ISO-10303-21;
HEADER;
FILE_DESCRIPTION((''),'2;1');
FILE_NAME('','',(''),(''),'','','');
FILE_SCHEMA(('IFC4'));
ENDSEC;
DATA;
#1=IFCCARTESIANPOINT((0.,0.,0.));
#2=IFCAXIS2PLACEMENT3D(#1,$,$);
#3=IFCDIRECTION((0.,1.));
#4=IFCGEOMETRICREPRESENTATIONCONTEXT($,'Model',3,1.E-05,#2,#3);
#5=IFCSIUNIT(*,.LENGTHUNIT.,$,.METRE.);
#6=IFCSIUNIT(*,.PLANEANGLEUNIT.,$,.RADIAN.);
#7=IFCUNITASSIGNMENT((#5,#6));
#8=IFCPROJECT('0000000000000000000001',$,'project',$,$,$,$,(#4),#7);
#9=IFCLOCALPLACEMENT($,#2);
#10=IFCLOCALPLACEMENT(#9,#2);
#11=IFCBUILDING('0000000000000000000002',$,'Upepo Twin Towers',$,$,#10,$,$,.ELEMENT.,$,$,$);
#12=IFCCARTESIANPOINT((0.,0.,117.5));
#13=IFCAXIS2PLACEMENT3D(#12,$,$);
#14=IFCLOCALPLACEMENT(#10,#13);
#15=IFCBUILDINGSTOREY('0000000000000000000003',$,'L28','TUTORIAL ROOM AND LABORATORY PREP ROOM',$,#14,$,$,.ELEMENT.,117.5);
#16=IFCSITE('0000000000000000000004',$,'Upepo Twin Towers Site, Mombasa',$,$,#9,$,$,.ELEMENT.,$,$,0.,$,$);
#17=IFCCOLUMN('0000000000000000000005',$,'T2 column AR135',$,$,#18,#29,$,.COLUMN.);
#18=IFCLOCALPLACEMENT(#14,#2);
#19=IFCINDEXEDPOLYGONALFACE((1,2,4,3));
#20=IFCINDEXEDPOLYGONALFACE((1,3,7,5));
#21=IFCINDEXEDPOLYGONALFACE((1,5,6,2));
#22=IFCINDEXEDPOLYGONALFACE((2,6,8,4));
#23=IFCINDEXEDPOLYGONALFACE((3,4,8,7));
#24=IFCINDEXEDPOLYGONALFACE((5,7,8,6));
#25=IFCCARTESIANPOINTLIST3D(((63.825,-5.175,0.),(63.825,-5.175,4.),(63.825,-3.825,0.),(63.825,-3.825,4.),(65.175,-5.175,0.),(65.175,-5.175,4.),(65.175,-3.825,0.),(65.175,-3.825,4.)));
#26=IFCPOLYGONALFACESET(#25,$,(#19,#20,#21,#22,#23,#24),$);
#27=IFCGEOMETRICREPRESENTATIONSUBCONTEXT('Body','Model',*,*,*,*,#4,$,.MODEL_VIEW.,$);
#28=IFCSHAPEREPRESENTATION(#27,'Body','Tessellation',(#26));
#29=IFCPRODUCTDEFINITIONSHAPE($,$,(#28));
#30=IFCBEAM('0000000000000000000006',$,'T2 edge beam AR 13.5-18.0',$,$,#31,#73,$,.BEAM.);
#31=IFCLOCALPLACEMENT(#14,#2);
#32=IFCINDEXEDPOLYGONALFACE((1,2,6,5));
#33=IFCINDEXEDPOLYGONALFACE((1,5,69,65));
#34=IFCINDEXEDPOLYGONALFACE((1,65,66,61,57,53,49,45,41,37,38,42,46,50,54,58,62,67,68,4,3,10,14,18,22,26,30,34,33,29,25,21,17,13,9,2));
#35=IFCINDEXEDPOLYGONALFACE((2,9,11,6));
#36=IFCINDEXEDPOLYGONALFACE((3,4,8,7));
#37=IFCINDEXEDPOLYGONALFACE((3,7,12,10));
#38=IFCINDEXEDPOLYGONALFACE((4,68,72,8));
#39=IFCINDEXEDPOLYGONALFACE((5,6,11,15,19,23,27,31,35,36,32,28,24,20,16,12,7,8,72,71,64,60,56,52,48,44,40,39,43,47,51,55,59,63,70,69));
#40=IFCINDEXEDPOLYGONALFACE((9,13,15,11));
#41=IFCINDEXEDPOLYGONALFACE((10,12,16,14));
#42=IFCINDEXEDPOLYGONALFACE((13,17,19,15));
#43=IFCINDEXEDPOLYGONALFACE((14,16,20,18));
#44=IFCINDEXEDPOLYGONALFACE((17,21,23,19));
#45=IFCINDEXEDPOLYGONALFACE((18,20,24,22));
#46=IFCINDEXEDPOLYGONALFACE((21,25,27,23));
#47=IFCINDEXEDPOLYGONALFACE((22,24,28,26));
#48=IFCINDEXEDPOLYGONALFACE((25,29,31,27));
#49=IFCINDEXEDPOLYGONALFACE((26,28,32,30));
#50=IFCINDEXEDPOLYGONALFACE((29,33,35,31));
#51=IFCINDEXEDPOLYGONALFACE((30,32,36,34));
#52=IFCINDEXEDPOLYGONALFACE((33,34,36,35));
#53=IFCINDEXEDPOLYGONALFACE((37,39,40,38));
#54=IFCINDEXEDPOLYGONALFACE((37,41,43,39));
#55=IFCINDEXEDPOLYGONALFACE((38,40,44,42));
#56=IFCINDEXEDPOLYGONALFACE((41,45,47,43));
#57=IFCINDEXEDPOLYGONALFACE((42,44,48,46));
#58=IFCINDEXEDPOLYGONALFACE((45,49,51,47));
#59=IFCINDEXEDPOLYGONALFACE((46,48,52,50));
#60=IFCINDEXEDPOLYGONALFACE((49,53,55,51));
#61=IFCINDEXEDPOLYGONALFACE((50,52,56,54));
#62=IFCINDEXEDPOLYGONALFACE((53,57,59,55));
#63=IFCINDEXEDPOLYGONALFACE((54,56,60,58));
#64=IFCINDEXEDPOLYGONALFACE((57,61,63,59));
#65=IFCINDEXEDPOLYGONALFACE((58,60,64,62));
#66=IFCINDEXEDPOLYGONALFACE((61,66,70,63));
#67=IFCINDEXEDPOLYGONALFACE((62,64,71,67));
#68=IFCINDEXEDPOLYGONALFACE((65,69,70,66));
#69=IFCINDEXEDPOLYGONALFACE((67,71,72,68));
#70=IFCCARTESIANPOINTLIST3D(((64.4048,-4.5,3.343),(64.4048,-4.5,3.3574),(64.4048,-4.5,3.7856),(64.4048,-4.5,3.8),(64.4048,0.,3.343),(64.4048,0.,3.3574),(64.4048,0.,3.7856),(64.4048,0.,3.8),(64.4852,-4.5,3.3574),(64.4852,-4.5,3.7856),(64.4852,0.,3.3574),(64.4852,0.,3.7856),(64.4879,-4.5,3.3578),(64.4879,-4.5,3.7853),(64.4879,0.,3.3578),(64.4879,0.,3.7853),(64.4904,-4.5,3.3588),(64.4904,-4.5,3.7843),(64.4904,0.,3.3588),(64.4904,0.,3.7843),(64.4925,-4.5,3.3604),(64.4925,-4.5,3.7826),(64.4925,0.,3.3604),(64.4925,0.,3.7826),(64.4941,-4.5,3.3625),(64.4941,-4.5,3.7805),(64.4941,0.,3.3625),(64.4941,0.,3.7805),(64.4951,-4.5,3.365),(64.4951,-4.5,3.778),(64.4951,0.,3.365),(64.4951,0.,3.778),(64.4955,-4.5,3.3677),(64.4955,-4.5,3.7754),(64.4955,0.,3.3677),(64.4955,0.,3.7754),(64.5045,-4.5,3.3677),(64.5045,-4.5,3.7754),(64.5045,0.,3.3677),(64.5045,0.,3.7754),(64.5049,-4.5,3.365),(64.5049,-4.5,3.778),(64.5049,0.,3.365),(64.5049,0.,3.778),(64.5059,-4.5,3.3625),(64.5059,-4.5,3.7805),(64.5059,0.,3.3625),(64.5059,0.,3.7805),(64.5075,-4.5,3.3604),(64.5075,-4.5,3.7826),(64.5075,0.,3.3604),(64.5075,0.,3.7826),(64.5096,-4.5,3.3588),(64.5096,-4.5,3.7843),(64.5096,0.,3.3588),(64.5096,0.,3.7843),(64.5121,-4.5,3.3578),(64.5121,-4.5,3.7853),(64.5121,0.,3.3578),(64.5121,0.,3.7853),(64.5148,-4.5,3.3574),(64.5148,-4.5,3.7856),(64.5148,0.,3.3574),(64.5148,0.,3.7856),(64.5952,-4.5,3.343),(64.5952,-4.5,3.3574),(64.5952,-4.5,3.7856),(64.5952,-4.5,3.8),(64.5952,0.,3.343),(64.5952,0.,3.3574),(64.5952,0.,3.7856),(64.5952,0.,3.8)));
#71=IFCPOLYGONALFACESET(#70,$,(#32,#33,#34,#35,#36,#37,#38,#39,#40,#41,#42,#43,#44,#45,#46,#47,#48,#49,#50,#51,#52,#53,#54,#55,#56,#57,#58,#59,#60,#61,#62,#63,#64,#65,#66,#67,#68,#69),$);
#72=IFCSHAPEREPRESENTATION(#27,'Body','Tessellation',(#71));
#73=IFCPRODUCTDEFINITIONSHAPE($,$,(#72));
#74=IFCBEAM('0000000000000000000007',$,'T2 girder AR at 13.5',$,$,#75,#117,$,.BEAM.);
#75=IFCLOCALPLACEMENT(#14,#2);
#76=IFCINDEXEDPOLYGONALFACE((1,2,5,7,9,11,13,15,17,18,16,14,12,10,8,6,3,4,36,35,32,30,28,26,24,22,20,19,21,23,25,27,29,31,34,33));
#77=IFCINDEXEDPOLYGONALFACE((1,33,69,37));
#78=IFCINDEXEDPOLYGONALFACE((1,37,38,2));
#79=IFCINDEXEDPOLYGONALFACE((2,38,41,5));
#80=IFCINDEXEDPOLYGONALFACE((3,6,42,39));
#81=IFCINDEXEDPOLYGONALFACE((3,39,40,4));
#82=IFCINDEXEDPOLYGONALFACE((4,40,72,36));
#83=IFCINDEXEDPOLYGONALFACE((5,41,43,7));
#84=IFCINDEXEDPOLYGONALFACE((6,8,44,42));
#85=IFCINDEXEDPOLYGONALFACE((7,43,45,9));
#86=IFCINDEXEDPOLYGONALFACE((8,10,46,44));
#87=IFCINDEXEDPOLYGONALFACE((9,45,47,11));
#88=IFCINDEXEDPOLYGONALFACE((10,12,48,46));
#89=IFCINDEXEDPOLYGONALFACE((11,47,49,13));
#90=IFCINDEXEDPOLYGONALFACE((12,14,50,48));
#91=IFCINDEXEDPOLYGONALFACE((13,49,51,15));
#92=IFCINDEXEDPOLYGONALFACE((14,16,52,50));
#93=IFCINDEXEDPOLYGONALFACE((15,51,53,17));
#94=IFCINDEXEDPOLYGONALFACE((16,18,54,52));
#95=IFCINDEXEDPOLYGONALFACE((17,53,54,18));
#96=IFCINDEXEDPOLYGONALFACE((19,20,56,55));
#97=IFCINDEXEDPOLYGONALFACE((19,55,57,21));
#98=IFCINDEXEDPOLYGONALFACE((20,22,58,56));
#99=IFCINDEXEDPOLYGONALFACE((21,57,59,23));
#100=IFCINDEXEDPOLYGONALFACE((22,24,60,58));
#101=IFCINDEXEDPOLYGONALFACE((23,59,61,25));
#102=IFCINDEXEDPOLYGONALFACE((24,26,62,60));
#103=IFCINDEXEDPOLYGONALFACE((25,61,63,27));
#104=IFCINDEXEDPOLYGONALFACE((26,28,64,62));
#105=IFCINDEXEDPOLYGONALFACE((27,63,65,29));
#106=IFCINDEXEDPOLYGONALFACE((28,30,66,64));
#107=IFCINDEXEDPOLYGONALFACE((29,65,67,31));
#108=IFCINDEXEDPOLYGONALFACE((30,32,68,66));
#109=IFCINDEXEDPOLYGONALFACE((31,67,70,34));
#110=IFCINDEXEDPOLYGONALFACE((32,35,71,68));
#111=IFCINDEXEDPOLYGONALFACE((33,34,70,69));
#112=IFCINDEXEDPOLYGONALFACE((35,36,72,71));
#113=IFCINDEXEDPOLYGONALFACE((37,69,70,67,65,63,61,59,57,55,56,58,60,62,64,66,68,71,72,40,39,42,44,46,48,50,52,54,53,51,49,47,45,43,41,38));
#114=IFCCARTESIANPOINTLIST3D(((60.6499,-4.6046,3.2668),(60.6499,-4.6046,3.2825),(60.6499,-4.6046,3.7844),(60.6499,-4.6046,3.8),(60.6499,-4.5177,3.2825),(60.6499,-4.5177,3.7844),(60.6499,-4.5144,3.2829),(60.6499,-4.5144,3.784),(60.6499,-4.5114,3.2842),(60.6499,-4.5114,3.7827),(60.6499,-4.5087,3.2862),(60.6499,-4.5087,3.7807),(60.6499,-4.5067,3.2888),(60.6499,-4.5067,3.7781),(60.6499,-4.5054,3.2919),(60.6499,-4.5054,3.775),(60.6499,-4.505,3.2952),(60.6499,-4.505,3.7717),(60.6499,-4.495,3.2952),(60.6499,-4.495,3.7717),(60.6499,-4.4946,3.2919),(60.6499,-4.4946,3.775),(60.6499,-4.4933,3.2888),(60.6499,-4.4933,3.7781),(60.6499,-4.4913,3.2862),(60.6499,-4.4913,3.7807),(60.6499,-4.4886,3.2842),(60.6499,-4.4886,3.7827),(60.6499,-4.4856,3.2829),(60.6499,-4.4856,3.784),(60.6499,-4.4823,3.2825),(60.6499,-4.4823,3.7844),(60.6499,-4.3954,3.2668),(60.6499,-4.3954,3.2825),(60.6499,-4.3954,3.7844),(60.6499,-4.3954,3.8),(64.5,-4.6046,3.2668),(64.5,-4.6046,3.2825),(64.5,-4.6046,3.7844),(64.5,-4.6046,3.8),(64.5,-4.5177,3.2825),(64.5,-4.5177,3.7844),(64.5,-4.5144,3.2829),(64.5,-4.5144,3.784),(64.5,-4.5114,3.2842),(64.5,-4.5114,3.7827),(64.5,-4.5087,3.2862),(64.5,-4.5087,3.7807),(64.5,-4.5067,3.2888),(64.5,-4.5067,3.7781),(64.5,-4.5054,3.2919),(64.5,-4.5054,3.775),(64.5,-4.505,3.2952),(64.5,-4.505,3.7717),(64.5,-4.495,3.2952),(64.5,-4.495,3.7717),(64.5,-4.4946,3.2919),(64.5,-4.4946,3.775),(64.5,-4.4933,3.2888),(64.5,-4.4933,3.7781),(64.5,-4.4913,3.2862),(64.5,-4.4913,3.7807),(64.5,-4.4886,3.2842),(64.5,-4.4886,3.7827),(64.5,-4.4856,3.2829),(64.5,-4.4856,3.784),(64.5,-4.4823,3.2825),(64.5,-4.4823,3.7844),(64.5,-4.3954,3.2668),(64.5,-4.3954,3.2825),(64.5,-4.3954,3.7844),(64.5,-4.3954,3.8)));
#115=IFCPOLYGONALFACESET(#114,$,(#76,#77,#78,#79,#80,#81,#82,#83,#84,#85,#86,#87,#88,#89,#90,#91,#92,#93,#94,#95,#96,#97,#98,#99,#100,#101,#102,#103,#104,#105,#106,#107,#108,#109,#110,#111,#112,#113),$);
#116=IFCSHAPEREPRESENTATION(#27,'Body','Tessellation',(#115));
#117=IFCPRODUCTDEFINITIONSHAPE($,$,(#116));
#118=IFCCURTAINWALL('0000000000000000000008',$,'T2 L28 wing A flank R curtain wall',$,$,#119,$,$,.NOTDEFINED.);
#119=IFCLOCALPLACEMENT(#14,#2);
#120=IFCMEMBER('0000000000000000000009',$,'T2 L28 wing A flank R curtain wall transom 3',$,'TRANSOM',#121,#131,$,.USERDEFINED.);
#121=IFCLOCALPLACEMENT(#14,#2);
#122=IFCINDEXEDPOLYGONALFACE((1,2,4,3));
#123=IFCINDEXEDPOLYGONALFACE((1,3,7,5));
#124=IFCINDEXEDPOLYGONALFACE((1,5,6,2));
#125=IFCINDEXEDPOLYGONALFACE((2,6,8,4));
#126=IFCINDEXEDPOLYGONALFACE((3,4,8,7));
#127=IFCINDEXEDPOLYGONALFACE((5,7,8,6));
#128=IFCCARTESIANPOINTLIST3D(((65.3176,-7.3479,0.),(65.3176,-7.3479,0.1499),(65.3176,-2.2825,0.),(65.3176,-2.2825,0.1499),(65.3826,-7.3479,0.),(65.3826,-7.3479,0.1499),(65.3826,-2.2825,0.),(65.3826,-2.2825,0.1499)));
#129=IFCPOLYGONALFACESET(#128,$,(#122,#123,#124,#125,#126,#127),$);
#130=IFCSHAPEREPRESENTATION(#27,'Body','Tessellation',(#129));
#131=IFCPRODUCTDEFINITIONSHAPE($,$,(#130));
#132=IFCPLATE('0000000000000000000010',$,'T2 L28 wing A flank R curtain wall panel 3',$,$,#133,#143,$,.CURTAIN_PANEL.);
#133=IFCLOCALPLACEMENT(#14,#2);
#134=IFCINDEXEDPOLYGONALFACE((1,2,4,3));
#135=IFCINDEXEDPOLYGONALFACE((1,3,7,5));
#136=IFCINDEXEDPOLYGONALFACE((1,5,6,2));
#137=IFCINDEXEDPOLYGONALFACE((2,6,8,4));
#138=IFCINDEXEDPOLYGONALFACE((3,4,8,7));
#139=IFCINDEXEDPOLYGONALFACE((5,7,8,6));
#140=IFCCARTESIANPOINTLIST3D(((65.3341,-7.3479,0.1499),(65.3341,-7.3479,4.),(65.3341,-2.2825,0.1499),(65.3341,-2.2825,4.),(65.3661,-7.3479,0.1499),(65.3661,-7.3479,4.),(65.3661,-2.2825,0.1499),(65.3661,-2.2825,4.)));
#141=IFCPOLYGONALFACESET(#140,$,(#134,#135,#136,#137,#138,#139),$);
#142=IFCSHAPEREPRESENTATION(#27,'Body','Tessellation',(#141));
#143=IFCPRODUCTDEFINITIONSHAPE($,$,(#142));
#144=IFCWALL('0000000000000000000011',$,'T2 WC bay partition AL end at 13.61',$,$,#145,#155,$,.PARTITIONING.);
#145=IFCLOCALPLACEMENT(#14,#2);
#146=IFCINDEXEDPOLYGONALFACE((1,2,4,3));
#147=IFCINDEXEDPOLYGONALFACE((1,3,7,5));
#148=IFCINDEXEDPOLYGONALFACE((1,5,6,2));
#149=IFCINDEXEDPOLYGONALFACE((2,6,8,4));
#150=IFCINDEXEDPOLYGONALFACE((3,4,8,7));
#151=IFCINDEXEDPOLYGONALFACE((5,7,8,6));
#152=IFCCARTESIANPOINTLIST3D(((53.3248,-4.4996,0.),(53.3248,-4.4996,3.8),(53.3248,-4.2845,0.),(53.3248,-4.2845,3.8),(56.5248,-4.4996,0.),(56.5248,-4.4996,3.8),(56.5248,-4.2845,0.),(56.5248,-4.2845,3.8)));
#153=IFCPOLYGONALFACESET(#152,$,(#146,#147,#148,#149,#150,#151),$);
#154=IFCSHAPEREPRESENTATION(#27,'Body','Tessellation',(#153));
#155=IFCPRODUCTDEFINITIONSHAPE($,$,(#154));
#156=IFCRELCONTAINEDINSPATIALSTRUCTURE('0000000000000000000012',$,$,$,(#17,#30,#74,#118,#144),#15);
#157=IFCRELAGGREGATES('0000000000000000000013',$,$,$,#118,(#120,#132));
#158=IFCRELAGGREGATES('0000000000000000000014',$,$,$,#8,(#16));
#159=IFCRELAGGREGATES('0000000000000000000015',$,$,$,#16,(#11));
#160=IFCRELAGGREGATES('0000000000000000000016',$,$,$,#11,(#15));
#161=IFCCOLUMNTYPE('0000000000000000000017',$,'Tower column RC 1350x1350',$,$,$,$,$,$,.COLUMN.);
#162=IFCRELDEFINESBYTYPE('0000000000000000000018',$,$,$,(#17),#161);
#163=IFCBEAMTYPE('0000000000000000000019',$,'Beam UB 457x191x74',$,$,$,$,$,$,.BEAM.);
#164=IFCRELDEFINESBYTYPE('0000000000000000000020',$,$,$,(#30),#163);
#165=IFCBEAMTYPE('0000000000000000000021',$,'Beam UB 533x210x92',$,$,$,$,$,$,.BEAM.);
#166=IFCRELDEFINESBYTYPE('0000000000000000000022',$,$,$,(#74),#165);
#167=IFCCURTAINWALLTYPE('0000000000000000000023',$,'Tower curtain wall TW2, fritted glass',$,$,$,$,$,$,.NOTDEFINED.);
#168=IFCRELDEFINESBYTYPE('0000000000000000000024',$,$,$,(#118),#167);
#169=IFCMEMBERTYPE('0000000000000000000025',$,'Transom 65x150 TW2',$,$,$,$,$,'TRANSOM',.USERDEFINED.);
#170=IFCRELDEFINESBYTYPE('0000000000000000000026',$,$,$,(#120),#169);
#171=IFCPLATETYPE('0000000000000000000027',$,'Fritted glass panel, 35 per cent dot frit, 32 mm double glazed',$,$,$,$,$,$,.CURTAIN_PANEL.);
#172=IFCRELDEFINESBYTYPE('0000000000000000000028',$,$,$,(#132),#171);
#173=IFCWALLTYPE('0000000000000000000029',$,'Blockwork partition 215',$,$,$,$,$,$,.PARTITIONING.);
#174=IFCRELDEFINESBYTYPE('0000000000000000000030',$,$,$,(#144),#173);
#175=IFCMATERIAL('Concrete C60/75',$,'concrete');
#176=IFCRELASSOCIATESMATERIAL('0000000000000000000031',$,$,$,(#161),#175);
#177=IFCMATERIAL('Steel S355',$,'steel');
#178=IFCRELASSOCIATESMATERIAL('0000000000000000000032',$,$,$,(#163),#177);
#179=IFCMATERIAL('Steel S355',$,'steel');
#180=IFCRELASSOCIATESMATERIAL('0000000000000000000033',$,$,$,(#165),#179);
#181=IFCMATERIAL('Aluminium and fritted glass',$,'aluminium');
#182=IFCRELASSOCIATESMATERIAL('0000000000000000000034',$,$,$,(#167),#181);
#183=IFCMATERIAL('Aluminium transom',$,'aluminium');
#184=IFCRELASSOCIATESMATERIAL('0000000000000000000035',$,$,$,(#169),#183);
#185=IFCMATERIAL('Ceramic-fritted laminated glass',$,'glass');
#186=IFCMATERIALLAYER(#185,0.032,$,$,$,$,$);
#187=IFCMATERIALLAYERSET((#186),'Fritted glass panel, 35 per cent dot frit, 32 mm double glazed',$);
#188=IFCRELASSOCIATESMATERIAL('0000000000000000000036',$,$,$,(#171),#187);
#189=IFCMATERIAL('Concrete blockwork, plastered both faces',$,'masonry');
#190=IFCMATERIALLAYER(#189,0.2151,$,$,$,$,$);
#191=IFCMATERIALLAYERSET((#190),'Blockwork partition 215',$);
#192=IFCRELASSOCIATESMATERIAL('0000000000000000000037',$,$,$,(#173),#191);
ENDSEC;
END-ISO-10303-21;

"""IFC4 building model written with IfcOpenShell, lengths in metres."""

from ifc_helpers import new_model, si_unit, direction, frame, frame_2d, origin, origin_2d, place, context, subcontext, project, spatial, rectangle, i_section, extrude, material, layer, layer_set, material_profile, profile_set, type_object, element, aggregate, save


model = new_model("IFC4")

# Units and contexts
model_context = context("Model", 3, precision=1e-05, world=origin(), true_north=direction((0.0, 1.0)))
body_context = subcontext(model_context, "Body", "Model", "MODEL_VIEW")
ifc_project = project(units=[si_unit("LENGTHUNIT", "METRE"), si_unit("PLANEANGLEUNIT", "RADIAN")], contexts=[model_context])

# Site, building, storey
site_placement = place(None, origin())
site = spatial("IfcSite", under=ifc_project, at=site_placement, Name="Upepo Twin Towers Site, Mombasa", CompositionType="ELEMENT", RefElevation=0.0)
building_placement = place(site_placement, origin())
building = spatial("IfcBuilding", under=site, at=building_placement, Name="Upepo Twin Towers", CompositionType="ELEMENT")
storey_placement = place(building_placement, frame((0.0, 0.0, 117.5)))
storey = spatial("IfcBuildingStorey", under=building, at=storey_placement, Name="L28", Description="TUTORIAL ROOM AND LABORATORY PREP ROOM", CompositionType="ELEMENT", Elevation=117.5)

# Column
ifc_material_1 = material(Name="Concrete C60/75", Category="concrete")
ifc_material_profile_1 = material_profile(ifc_material_1, rectangle(XDim=1.3501, YDim=1.3501, at=origin_2d()), Name="RC 1350x1350")
ifc_profile_set_1 = profile_set([ifc_material_profile_1], Name="Concrete C60/75")
column_type = type_object("IfcColumnType", Name="Tower column RC 1350x1350", PredefinedType="COLUMN", material=ifc_profile_set_1)
column_placement = place(storey_placement, frame((64.5, -4.5, 0.0), z_axis=(0.0, 0.0, 1.0), x_axis=(1.0, 0.0, 0.0)))
element("IfcColumn", 1, at=column_placement, inside=storey, type_object=column_type, Name="T2 column AR135", PredefinedType="COLUMN", context=body_context, shape_type="SweptSolid", body=[
    extrude(rectangle(XDim=1.3501, YDim=1.3501, at=origin_2d()), origin(), (0.0, 0.0, 1.0), 4.0),
])

# Beams
ifc_material_2 = material(Name="Steel S355", Category="steel")
ifc_material_profile_2 = material_profile(ifc_material_2, i_section(OverallWidth=0.1904, OverallDepth=0.457, WebThickness=0.009, FlangeThickness=0.0144, FilletRadius=0.0103, at=origin_2d()), Name="UB 457x191x74")
ifc_profile_set_2 = profile_set([ifc_material_profile_2], Name="Steel S355")
beam_type_1 = type_object("IfcBeamType", Name="Beam UB 457x191x74", PredefinedType="BEAM", material=ifc_profile_set_2)
beam_1_placement = place(storey_placement, frame((64.5, -4.5, 3.5715), z_axis=(0.0, 1.0, 0.0), x_axis=(-1.0, 0.0, 0.0)))
element("IfcBeam", 2, at=beam_1_placement, inside=storey, type_object=beam_type_1, Name="T2 edge beam AR 13.5-18.0", PredefinedType="BEAM", context=body_context, shape_type="SweptSolid", body=[
    extrude(i_section(OverallWidth=0.1904, OverallDepth=0.457, WebThickness=0.009, FlangeThickness=0.0144, FilletRadius=0.0103, at=origin_2d()), origin(), (0.0, 0.0, 1.0), 4.5),
])
ifc_material_3 = material(Name="Steel S355", Category="steel")
ifc_material_profile_3 = material_profile(ifc_material_3, i_section(OverallWidth=0.2092, OverallDepth=0.5332, WebThickness=0.01, FlangeThickness=0.0156, FilletRadius=0.0127, at=origin_2d()), Name="UB 533x210x92")
ifc_profile_set_3 = profile_set([ifc_material_profile_3], Name="Steel S355")
beam_type_2 = type_object("IfcBeamType", Name="Beam UB 533x210x92", PredefinedType="BEAM", material=ifc_profile_set_3)
beam_2_placement = place(storey_placement, frame((64.5, -4.5, 3.5334), z_axis=(-1.0, 0.0, 0.0), x_axis=(0.0, -1.0, 0.0)))
element("IfcBeam", 3, at=beam_2_placement, inside=storey, type_object=beam_type_2, Name="T2 girder AR at 13.5", PredefinedType="BEAM", context=body_context, shape_type="SweptSolid", body=[
    extrude(i_section(OverallWidth=0.2092, OverallDepth=0.5332, WebThickness=0.01, FlangeThickness=0.0156, FilletRadius=0.0127, at=origin_2d()), origin(), (0.0, 0.0, 1.0), 3.8501),
])

# Curtain wall, member, plate
ifc_material_4 = material(Name="Aluminium and fritted glass", Category="aluminium")
curtain_wall_type = type_object("IfcCurtainWallType", Name="Tower curtain wall TW2, fritted glass", PredefinedType="NOTDEFINED", material=ifc_material_4)
curtain_wall_placement = place(storey_placement, origin())
curtain_wall = element("IfcCurtainWall", 4, at=curtain_wall_placement, inside=storey, type_object=curtain_wall_type, Name="T2 L28 wing A flank R curtain wall", PredefinedType="NOTDEFINED")
ifc_material_5 = material(Name="Aluminium transom", Category="aluminium")
ifc_material_profile_4 = material_profile(ifc_material_5, rectangle(XDim=0.0649, YDim=0.1499, at=origin_2d()), Name="TRANSOM 65x150")
ifc_profile_set_4 = profile_set([ifc_material_profile_4], Name="Aluminium transom")
member_type = type_object("IfcMemberType", Name="Transom 65x150 TW2", ElementType="TRANSOM", PredefinedType="USERDEFINED", material=ifc_profile_set_4)
member_placement = place(storey_placement, frame((65.3501, -2.2825, 0.075), z_axis=(0.0, -1.0, 0.0), x_axis=(1.0, 0.0, 0.0)))
member = element("IfcMember", 5, at=member_placement, type_object=member_type, Name="T2 L28 wing A flank R curtain wall transom 3", ObjectType="TRANSOM", PredefinedType="USERDEFINED", context=body_context, shape_type="SweptSolid", body=[
    extrude(rectangle(XDim=0.0649, YDim=0.1499, at=origin_2d()), origin(), (0.0, 0.0, 1.0), 5.0654),
])
ifc_material_6 = material(Name="Ceramic-fritted laminated glass", Category="glass")
ifc_layer_1 = layer(ifc_material_6, 0.032)
ifc_layer_set_1 = layer_set([ifc_layer_1], Name="Fritted glass panel, 35 per cent dot frit, 32 mm double glazed")
plate_type = type_object("IfcPlateType", Name="Fritted glass panel, 35 per cent dot frit, 32 mm double glazed", PredefinedType="CURTAIN_PANEL", material=ifc_layer_set_1)
plate_placement = place(storey_placement, frame((65.3501, -4.8152, 0.1499), z_axis=(0.0, 0.0, 1.0), x_axis=(0.0, -1.0, 0.0)))
plate = element("IfcPlate", 6, at=plate_placement, type_object=plate_type, Name="T2 L28 wing A flank R curtain wall panel 3", PredefinedType="CURTAIN_PANEL", context=body_context, shape_type="SweptSolid", body=[
    extrude(rectangle(XDim=5.0654, YDim=0.032, at=origin_2d()), origin(), (0.0, 0.0, 1.0), 3.8501),
])
aggregate(curtain_wall, [member, plate])

# Wall
ifc_material_7 = material(Name="Concrete blockwork, plastered both faces", Category="masonry")
ifc_layer_2 = layer(ifc_material_7, 0.2151)
ifc_layer_set_2 = layer_set([ifc_layer_2], Name="Blockwork partition 215")
wall_type_1 = type_object("IfcWallType", Name="Blockwork partition 215", PredefinedType="PARTITIONING", material=ifc_layer_set_2)
wall_1_placement = place(storey_placement, frame((56.5249, -4.3921, 0.0), z_axis=(0.0, 0.0, 1.0), x_axis=(-1.0, 0.0, 0.0)))
element("IfcWall", 7, at=wall_1_placement, inside=storey, type_object=wall_type_1, Name="T2 WC bay partition AL end at 13.61", PredefinedType="PARTITIONING", context=body_context, shape_type="SweptSolid", body=[
    extrude(rectangle(XDim=3.2, YDim=0.2151, at=frame_2d((1.6001, 0.0))), origin(), (0.0, 0.0, 1.0), 3.8),
])

save(model, "model.ifc")
